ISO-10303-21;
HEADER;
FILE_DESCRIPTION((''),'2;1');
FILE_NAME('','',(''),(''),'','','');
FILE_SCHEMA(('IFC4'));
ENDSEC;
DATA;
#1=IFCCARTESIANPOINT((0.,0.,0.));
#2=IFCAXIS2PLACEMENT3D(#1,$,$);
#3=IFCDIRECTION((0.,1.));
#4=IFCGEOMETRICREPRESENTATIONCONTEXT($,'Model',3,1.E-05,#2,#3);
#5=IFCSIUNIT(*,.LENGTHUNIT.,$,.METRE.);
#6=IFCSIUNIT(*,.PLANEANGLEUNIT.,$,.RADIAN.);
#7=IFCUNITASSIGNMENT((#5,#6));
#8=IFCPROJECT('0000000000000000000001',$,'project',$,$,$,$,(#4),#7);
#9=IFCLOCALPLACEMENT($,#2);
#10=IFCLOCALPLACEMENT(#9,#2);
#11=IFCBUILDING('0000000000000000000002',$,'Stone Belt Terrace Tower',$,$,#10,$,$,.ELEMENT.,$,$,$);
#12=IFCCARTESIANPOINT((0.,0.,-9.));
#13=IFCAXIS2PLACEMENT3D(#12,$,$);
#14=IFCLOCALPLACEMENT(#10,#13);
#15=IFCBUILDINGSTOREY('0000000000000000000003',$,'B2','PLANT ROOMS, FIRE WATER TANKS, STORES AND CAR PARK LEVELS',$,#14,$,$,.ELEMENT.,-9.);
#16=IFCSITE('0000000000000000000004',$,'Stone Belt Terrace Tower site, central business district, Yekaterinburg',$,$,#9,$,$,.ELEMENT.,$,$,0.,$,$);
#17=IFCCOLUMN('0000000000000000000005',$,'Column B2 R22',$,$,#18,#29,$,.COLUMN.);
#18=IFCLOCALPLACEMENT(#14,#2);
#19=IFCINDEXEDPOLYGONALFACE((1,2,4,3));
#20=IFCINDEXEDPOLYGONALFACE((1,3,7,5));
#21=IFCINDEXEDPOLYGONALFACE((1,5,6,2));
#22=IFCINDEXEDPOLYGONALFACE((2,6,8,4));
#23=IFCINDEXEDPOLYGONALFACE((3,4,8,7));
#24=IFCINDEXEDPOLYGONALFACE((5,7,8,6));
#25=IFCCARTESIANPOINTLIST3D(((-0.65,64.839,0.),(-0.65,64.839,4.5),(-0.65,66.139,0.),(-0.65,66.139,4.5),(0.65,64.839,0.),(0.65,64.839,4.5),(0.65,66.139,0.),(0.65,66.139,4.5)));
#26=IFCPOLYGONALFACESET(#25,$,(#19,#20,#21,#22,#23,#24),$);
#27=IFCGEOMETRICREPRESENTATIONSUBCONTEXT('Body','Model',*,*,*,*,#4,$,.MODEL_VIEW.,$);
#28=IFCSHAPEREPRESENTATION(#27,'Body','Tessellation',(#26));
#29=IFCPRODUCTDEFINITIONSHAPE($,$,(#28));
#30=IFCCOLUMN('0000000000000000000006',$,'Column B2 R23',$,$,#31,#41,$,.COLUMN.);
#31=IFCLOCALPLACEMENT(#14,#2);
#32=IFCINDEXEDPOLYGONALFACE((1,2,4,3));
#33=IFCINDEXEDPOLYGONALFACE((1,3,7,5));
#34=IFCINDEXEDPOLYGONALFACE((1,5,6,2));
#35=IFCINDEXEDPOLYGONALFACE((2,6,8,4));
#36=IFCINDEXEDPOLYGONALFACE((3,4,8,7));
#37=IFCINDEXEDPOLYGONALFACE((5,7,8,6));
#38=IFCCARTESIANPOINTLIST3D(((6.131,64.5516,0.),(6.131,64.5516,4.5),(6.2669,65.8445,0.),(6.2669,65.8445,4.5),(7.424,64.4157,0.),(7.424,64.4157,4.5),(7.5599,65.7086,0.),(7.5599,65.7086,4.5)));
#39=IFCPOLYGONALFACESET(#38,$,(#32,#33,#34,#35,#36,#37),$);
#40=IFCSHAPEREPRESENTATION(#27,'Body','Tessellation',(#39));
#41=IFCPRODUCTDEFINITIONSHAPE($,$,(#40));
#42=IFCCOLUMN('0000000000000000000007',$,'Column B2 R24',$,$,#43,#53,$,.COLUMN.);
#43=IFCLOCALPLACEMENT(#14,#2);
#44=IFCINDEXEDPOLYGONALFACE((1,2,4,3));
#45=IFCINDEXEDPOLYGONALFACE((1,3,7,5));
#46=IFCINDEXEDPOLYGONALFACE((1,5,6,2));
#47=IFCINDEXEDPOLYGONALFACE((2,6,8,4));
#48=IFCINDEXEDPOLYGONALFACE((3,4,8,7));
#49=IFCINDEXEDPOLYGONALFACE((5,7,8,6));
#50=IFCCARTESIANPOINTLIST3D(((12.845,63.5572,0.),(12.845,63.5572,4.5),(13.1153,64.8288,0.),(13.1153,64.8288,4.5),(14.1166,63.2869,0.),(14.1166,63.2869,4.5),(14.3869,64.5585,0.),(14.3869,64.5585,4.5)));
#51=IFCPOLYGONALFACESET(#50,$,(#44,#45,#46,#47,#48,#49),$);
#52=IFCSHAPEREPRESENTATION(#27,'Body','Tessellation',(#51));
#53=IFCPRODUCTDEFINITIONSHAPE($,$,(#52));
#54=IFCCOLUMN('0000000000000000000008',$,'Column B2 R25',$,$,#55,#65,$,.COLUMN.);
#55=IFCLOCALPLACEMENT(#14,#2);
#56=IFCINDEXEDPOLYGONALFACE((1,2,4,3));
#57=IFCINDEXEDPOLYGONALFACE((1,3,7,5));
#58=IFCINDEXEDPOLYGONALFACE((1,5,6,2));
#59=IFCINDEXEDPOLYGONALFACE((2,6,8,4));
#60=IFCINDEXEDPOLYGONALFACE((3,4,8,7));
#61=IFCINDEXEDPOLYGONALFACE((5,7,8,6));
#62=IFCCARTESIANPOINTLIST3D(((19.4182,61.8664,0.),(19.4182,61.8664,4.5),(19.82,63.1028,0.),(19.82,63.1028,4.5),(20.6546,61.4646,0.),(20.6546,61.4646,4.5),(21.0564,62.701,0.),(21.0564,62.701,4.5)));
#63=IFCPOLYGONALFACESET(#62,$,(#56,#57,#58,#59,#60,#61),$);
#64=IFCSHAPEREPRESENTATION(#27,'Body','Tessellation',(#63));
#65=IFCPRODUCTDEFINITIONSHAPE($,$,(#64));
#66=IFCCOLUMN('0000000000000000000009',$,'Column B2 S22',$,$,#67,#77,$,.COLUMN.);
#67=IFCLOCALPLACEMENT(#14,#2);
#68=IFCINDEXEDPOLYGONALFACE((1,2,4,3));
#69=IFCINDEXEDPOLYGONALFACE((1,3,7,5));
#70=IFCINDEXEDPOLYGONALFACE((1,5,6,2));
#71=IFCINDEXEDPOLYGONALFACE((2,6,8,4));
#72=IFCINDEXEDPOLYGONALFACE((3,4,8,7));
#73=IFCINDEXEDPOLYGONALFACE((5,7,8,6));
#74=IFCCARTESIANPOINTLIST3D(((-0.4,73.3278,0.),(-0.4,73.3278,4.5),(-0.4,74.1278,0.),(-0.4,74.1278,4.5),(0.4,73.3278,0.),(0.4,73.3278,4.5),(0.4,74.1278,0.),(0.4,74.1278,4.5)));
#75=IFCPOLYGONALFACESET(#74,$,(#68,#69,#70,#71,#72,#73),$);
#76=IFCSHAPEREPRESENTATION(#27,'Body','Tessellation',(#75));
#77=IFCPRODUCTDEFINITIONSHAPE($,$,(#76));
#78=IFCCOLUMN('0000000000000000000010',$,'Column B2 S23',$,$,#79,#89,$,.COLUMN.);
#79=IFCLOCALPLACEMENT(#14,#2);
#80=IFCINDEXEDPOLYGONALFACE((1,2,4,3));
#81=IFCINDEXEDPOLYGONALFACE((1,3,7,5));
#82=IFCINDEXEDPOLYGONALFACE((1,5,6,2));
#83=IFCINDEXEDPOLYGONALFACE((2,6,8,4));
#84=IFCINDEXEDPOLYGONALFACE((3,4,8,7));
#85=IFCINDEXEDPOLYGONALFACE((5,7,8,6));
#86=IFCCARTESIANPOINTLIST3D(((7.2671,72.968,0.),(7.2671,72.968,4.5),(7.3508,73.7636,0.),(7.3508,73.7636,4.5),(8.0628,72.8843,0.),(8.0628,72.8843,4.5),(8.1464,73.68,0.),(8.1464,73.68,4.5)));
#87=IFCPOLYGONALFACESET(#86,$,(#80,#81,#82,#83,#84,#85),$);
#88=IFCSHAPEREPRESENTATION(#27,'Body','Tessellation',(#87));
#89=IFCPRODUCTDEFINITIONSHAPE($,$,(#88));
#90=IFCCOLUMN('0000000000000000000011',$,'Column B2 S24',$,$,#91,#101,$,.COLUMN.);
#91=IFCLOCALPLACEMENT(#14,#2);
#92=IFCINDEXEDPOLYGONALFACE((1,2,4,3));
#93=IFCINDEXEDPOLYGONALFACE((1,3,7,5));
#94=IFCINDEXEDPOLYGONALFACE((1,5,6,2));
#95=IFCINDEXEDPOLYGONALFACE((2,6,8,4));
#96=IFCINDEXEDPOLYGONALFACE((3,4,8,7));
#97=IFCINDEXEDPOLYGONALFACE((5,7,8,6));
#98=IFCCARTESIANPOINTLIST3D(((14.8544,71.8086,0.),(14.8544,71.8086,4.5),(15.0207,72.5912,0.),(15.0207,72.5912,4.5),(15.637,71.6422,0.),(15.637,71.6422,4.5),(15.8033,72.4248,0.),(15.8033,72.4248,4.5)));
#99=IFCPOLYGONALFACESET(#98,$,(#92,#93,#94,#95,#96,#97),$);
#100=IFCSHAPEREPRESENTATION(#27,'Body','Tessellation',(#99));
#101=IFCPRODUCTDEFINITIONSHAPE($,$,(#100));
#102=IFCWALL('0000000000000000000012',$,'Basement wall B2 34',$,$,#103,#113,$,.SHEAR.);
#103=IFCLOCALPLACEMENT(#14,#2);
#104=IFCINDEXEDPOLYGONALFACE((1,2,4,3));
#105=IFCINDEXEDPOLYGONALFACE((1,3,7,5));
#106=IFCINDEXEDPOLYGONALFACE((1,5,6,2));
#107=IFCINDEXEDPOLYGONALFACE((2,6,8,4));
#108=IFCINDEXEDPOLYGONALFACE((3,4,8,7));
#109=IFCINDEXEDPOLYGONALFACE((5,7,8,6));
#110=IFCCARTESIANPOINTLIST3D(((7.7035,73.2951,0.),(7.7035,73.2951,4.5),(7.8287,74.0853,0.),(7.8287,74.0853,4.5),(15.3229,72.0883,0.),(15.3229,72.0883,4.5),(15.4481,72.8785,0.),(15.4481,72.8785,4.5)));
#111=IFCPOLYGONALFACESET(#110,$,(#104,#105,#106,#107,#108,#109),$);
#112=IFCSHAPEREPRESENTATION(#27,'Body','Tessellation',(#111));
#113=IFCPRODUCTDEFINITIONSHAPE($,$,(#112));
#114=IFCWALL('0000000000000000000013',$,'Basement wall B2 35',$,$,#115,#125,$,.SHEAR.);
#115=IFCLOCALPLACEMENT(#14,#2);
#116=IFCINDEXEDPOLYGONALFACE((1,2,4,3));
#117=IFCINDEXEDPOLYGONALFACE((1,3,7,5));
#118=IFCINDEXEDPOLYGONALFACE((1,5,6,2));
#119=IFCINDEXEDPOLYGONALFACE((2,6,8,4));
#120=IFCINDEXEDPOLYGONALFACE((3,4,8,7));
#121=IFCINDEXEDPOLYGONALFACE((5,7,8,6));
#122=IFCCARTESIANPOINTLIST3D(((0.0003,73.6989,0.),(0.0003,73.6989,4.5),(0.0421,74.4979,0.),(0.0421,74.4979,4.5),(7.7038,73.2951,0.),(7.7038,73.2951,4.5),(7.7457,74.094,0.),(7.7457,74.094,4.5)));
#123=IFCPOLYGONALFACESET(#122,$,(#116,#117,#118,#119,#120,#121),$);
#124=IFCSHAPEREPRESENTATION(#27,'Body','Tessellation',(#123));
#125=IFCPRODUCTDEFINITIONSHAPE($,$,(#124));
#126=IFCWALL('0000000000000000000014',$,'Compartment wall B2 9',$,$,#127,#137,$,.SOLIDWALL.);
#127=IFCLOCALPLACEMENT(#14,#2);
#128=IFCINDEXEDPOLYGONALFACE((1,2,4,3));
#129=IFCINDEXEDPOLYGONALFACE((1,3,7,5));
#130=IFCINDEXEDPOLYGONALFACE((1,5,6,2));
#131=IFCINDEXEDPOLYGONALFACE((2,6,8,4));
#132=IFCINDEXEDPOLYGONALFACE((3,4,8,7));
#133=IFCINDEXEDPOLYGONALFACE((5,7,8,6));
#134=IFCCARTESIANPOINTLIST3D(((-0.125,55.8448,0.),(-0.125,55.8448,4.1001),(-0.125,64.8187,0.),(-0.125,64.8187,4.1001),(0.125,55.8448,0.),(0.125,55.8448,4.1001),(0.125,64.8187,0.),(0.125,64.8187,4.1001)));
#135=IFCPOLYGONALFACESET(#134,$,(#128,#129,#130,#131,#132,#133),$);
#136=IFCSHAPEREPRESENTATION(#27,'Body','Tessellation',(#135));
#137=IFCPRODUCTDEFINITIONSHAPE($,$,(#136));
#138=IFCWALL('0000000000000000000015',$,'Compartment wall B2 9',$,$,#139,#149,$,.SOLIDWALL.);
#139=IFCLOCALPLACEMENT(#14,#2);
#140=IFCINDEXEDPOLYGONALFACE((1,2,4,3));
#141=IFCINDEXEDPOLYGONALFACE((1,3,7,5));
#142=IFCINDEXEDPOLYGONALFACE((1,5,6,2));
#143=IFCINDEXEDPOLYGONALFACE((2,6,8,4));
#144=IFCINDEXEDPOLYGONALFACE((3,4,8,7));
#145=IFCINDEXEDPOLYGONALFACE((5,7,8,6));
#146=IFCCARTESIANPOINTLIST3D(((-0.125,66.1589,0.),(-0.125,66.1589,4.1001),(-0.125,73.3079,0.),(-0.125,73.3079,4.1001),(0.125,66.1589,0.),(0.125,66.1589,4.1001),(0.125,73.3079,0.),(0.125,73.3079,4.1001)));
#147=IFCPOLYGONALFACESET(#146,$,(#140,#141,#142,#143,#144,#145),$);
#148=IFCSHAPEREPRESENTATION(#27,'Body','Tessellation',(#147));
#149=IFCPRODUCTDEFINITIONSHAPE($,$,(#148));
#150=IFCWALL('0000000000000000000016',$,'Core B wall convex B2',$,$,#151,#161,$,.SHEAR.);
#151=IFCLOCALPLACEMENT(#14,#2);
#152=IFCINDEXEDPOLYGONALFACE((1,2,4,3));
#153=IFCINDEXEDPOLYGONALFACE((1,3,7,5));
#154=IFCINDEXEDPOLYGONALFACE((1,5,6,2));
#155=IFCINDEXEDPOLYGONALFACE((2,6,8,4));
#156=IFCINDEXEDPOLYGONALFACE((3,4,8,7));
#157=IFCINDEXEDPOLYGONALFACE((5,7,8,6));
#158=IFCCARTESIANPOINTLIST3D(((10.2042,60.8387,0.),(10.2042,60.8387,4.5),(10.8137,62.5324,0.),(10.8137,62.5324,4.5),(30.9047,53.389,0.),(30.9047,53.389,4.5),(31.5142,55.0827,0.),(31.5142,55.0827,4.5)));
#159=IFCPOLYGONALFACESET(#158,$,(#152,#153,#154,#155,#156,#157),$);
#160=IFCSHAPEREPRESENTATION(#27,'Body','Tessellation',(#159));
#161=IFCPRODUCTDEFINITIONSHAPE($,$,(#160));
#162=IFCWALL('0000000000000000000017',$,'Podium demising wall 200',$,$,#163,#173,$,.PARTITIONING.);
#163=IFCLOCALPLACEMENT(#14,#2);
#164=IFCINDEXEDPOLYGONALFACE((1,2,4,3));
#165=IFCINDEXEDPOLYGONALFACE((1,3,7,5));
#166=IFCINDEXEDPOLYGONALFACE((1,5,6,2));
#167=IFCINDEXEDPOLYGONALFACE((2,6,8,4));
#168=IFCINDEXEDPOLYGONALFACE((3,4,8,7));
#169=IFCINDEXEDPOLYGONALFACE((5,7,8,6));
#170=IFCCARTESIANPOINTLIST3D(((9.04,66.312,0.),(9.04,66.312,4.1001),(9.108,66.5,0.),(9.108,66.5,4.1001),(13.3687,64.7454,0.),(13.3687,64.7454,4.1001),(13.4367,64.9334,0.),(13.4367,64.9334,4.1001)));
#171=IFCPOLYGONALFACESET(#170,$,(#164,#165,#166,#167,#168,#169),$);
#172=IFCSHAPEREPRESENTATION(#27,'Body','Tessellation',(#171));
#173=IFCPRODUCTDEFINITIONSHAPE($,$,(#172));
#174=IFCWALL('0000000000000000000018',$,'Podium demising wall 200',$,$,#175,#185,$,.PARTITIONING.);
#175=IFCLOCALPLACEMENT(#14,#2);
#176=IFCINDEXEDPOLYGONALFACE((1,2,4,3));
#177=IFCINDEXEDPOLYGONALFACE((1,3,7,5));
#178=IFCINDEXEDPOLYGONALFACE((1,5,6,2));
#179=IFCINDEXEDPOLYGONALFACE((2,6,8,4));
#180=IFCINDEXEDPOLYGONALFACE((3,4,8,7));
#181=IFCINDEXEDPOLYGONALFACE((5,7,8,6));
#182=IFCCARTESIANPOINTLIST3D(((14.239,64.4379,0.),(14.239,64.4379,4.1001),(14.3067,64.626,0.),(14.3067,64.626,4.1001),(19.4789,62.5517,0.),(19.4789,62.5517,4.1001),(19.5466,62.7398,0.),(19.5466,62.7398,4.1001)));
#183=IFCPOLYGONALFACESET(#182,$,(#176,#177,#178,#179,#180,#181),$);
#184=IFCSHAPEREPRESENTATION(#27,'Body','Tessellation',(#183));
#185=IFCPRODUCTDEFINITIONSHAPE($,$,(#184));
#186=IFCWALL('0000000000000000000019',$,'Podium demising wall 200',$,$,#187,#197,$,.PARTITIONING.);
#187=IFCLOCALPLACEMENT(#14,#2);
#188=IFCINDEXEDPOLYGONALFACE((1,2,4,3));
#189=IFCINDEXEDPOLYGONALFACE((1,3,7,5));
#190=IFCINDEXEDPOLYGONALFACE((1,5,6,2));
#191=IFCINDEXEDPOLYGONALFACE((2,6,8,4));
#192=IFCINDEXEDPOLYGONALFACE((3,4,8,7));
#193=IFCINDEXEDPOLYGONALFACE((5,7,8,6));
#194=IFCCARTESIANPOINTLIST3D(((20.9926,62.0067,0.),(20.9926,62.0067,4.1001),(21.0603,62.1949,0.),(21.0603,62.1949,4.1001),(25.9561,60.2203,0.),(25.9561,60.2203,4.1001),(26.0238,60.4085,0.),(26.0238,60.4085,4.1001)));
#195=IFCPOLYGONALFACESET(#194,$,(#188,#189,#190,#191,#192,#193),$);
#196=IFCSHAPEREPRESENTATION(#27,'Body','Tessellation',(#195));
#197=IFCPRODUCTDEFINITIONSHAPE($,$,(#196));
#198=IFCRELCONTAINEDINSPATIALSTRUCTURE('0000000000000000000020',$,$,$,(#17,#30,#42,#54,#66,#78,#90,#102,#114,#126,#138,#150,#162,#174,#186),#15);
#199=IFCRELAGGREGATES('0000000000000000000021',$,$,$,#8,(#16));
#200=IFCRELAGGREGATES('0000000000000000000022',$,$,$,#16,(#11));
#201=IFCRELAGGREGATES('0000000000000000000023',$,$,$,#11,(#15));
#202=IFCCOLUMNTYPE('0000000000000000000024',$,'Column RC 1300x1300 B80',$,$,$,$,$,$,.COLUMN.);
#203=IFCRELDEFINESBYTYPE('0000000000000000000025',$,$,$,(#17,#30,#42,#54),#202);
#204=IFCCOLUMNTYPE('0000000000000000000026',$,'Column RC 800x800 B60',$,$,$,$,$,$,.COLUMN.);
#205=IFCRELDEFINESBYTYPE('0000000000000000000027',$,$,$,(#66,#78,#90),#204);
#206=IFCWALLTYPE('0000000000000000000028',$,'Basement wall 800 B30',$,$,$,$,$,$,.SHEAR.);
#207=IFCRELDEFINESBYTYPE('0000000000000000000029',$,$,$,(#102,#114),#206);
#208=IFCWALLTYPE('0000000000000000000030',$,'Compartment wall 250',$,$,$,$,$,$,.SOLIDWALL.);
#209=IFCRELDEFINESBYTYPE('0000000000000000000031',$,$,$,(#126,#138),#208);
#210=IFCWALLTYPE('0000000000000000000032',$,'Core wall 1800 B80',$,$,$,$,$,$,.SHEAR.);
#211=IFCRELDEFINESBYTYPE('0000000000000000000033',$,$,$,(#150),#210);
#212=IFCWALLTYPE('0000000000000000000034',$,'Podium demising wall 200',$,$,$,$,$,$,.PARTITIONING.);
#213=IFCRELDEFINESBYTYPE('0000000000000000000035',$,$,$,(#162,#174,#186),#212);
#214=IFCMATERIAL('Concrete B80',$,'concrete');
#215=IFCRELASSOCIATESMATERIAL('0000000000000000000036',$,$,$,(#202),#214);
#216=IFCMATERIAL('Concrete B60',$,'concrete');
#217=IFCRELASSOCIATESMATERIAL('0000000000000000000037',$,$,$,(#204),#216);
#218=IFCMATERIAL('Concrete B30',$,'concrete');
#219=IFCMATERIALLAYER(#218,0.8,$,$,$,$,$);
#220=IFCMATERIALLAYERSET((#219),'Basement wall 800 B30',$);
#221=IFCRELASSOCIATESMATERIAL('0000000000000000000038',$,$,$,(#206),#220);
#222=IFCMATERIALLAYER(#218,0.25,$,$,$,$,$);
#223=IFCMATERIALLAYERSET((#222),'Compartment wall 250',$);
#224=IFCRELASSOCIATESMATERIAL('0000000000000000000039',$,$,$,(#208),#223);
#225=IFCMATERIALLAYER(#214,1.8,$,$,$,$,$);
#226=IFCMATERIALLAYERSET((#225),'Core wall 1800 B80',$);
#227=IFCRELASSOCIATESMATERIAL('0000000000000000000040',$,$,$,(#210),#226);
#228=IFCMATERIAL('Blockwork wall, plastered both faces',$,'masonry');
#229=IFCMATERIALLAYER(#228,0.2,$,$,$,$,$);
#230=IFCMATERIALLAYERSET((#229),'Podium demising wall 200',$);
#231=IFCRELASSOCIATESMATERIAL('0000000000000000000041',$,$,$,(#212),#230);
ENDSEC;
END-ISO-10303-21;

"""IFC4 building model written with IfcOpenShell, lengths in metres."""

from ifc_helpers import new_model, si_unit, direction, frame, frame_2d, origin, origin_2d, place, context, subcontext, project, spatial, rectangle, extrude, material, layer, layer_set, material_profile, profile_set, type_object, element, save


model = new_model("IFC4")

# Units and contexts
model_context = context("Model", 3, precision=1e-05, world=origin(), true_north=direction((0.0, 1.0)))
body_context = subcontext(model_context, "Body", "Model", "MODEL_VIEW")
ifc_project = project(units=[si_unit("LENGTHUNIT", "METRE"), si_unit("PLANEANGLEUNIT", "RADIAN")], contexts=[model_context])

# Site, building, storey
site_placement = place(None, origin())
site = spatial("IfcSite", under=ifc_project, at=site_placement, Name="Stone Belt Terrace Tower site, central business district, Yekaterinburg", CompositionType="ELEMENT", RefElevation=0.0)
building_placement = place(site_placement, origin())
building = spatial("IfcBuilding", under=site, at=building_placement, Name="Stone Belt Terrace Tower", CompositionType="ELEMENT")
storey_placement = place(building_placement, frame((0.0, 0.0, -9.0)))
storey = spatial("IfcBuildingStorey", under=building, at=storey_placement, Name="B2", Description="PLANT ROOMS, FIRE WATER TANKS, STORES AND CAR PARK LEVELS", CompositionType="ELEMENT", Elevation=-9.0)

# Columns
ifc_material_1 = material(Name="Concrete B80", Category="concrete")
ifc_material_profile_1 = material_profile(ifc_material_1, rectangle(XDim=1.3, YDim=1.3, at=origin_2d()), Name="RC 1300x1300")
ifc_profile_set_1 = profile_set([ifc_material_profile_1], Name="Concrete B80")
column_type_1 = type_object("IfcColumnType", Name="Column RC 1300x1300 B80", PredefinedType="COLUMN", material=ifc_profile_set_1)
for number, where, z_axis, x_axis, name in (
    (1, (0.0, 65.489, 0.0), (0.0, 0.0, 1.0), (1.0, 0.0, 0.0), "Column B2 R22"),
    (2, (6.8455, 65.1301, 0.0), (0.0, 0.0, 1.0), (0.994522, -0.104528, 0.0), "Column B2 R23"),
    (3, (13.616, 64.0579, 0.0), (0.0, 0.0, 1.0), (0.978148, -0.207912, 0.0), "Column B2 R24"),
    (4, (20.2373, 62.2837, 0.0), (0.0, 0.0, 1.0), (0.951057, -0.309017, 0.0), "Column B2 R25"),
):
    element("IfcColumn", number, at=place(storey_placement, frame(where, z_axis=z_axis, x_axis=x_axis)), inside=storey, type_object=column_type_1, Name=name, PredefinedType="COLUMN", context=body_context, shape_type="SweptSolid", body=[
        extrude(rectangle(XDim=1.3, YDim=1.3, at=origin_2d()), origin(), (0.0, 0.0, 1.0), 4.5),
    ])
ifc_material_2 = material(Name="Concrete B60", Category="concrete")
ifc_material_profile_2 = material_profile(ifc_material_2, rectangle(XDim=0.8, YDim=0.8, at=origin_2d()), Name="RC 800x800")
ifc_profile_set_2 = profile_set([ifc_material_profile_2], Name="Concrete B60")
column_type_2 = type_object("IfcColumnType", Name="Column RC 800x800 B60", PredefinedType="COLUMN", material=ifc_profile_set_2)
for number, where, z_axis, x_axis, name in (
    (5, (0.0, 73.7278, 0.0), (0.0, 0.0, 1.0), (1.0, 0.0, 0.0), "Column B2 S22"),
    (6, (7.7068, 73.324, 0.0), (0.0, 0.0, 1.0), (0.994522, -0.104528, 0.0), "Column B2 S23"),
    (7, (15.3289, 72.1167, 0.0), (0.0, 0.0, 1.0), (0.978148, -0.207912, 0.0), "Column B2 S24"),
):
    element("IfcColumn", number, at=place(storey_placement, frame(where, z_axis=z_axis, x_axis=x_axis)), inside=storey, type_object=column_type_2, Name=name, PredefinedType="COLUMN", context=body_context, shape_type="SweptSolid", body=[
        extrude(rectangle(XDim=0.8, YDim=0.8, at=origin_2d()), origin(), (0.0, 0.0, 1.0), 4.5),
    ])

# Walls
ifc_material_3 = material(Name="Concrete B30", Category="concrete")
ifc_layer_1 = layer(ifc_material_3, 0.8)
ifc_layer_set_1 = layer_set([ifc_layer_1], Name="Basement wall 800 B30")
wall_type_1 = type_object("IfcWallType", Name="Basement wall 800 B30", PredefinedType="SHEAR", material=ifc_layer_set_1)
wall_1_placement = place(storey_placement, frame((15.3855, 72.4834, 0.0), z_axis=(0.0, 0.0, 1.0), x_axis=(-0.987688, 0.156434, 0.0)))
element("IfcWall", 8, at=wall_1_placement, inside=storey, type_object=wall_type_1, Name="Basement wall B2 34", PredefinedType="SHEAR", context=body_context, shape_type="SweptSolid", body=[
    extrude(rectangle(XDim=7.7144, YDim=0.8, at=frame_2d((3.8572, 0.0))), origin(), (0.0, 0.0, 1.0), 4.5),
])
wall_2_placement = place(storey_placement, frame((7.7246, 73.6946, 0.0), z_axis=(0.0, 0.0, 1.0), x_axis=(-0.998629, 0.052346, 0.0)))
element("IfcWall", 9, at=wall_2_placement, inside=storey, type_object=wall_type_1, Name="Basement wall B2 35", PredefinedType="SHEAR", context=body_context, shape_type="SweptSolid", body=[
    extrude(rectangle(XDim=7.7141, YDim=0.8, at=frame_2d((3.8569, 0.0))), origin(), (0.0, 0.0, 1.0), 4.5),
])
ifc_layer_2 = layer(ifc_material_3, 0.25)
ifc_layer_set_2 = layer_set([ifc_layer_2], Name="Compartment wall 250")
wall_type_2 = type_object("IfcWallType", Name="Compartment wall 250", PredefinedType="SOLIDWALL", material=ifc_layer_set_2)
wall_3_placement = place(storey_placement, frame((0.0, 55.845, 0.0), z_axis=(0.0, 0.0, 1.0), x_axis=(0.0, 1.0, 0.0)))
element("IfcWall", 10, at=wall_3_placement, inside=storey, type_object=wall_type_2, Name="Compartment wall B2 9", PredefinedType="SOLIDWALL", context=body_context, shape_type="SweptSolid", body=[
    extrude(rectangle(XDim=8.9739, YDim=0.25, at=frame_2d((4.4868, 0.0))), origin(), (0.0, 0.0, 1.0), 4.1001),
])
wall_4_placement = place(storey_placement, frame((0.0, 66.1589, 0.0), z_axis=(0.0, 0.0, 1.0), x_axis=(0.0, 1.0, 0.0)))
element("IfcWall", 11, at=wall_4_placement, inside=storey, type_object=wall_type_2, Name="Compartment wall B2 9", PredefinedType="SOLIDWALL", context=body_context, shape_type="SweptSolid", body=[
    extrude(rectangle(XDim=7.1489, YDim=0.25, at=frame_2d((3.5745, 0.0))), origin(), (0.0, 0.0, 1.0), 4.1001),
])
ifc_layer_3 = layer(ifc_material_1, 1.8)
ifc_layer_set_3 = layer_set([ifc_layer_3], Name="Core wall 1800 B80")
wall_type_3 = type_object("IfcWallType", Name="Core wall 1800 B80", PredefinedType="SHEAR", material=ifc_layer_set_3)
wall_5_placement = place(storey_placement, frame((10.509, 61.6855, 0.0), z_axis=(0.0, 0.0, 1.0), x_axis=(0.940923, -0.338621, 0.0)))
element("IfcWall", 12, at=wall_5_placement, inside=storey, type_object=wall_type_3, Name="Core B wall convex B2", PredefinedType="SHEAR", context=body_context, shape_type="SweptSolid", body=[
    extrude(rectangle(XDim=22.0002, YDim=1.8, at=frame_2d((11.0, 0.0))), origin(), (0.0, 0.0, 1.0), 4.5),
])
ifc_material_4 = material(Name="Blockwork wall, plastered both faces", Category="masonry")
ifc_layer_4 = layer(ifc_material_4, 0.2)
ifc_layer_set_4 = layer_set([ifc_layer_4], Name="Podium demising wall 200")
wall_type_4 = type_object("IfcWallType", Name="Podium demising wall 200", PredefinedType="PARTITIONING", material=ifc_layer_set_4)
wall_6_placement = place(storey_placement, frame((9.074, 66.406, 0.0), z_axis=(0.0, 0.0, 1.0), x_axis=(0.940314, -0.340308, 0.0)))
element("IfcWall", 13, at=wall_6_placement, inside=storey, type_object=wall_type_4, Name="Podium demising wall 200", PredefinedType="PARTITIONING", context=body_context, shape_type="SweptSolid", body=[
    extrude(rectangle(XDim=4.6035, YDim=0.2, at=frame_2d((2.3018, 0.0))), origin(), (0.0, 0.0, 1.0), 4.1001),
])
wall_7_placement = place(storey_placement, frame((14.2727, 64.532, 0.0), z_axis=(0.0, 0.0, 1.0), x_axis=(0.940897, -0.338693, 0.0)))
element("IfcWall", 14, at=wall_7_placement, inside=storey, type_object=wall_type_4, Name="Podium demising wall 200", PredefinedType="PARTITIONING", context=body_context, shape_type="SweptSolid", body=[
    extrude(rectangle(XDim=5.5691, YDim=0.2, at=frame_2d((2.7847, 0.0))), origin(), (0.0, 0.0, 1.0), 4.1001),
])
wall_8_placement = place(storey_placement, frame((21.0264, 62.1008, 0.0), z_axis=(0.0, 0.0, 1.0), x_axis=(0.940914, -0.338646, 0.0)))
element("IfcWall", 15, at=wall_8_placement, inside=storey, type_object=wall_type_4, Name="Podium demising wall 200", PredefinedType="PARTITIONING", context=body_context, shape_type="SweptSolid", body=[
    extrude(rectangle(XDim=5.2751, YDim=0.2, at=frame_2d((2.6377, 0.0))), origin(), (0.0, 0.0, 1.0), 4.1001),
])

save(model, "model.ifc")
